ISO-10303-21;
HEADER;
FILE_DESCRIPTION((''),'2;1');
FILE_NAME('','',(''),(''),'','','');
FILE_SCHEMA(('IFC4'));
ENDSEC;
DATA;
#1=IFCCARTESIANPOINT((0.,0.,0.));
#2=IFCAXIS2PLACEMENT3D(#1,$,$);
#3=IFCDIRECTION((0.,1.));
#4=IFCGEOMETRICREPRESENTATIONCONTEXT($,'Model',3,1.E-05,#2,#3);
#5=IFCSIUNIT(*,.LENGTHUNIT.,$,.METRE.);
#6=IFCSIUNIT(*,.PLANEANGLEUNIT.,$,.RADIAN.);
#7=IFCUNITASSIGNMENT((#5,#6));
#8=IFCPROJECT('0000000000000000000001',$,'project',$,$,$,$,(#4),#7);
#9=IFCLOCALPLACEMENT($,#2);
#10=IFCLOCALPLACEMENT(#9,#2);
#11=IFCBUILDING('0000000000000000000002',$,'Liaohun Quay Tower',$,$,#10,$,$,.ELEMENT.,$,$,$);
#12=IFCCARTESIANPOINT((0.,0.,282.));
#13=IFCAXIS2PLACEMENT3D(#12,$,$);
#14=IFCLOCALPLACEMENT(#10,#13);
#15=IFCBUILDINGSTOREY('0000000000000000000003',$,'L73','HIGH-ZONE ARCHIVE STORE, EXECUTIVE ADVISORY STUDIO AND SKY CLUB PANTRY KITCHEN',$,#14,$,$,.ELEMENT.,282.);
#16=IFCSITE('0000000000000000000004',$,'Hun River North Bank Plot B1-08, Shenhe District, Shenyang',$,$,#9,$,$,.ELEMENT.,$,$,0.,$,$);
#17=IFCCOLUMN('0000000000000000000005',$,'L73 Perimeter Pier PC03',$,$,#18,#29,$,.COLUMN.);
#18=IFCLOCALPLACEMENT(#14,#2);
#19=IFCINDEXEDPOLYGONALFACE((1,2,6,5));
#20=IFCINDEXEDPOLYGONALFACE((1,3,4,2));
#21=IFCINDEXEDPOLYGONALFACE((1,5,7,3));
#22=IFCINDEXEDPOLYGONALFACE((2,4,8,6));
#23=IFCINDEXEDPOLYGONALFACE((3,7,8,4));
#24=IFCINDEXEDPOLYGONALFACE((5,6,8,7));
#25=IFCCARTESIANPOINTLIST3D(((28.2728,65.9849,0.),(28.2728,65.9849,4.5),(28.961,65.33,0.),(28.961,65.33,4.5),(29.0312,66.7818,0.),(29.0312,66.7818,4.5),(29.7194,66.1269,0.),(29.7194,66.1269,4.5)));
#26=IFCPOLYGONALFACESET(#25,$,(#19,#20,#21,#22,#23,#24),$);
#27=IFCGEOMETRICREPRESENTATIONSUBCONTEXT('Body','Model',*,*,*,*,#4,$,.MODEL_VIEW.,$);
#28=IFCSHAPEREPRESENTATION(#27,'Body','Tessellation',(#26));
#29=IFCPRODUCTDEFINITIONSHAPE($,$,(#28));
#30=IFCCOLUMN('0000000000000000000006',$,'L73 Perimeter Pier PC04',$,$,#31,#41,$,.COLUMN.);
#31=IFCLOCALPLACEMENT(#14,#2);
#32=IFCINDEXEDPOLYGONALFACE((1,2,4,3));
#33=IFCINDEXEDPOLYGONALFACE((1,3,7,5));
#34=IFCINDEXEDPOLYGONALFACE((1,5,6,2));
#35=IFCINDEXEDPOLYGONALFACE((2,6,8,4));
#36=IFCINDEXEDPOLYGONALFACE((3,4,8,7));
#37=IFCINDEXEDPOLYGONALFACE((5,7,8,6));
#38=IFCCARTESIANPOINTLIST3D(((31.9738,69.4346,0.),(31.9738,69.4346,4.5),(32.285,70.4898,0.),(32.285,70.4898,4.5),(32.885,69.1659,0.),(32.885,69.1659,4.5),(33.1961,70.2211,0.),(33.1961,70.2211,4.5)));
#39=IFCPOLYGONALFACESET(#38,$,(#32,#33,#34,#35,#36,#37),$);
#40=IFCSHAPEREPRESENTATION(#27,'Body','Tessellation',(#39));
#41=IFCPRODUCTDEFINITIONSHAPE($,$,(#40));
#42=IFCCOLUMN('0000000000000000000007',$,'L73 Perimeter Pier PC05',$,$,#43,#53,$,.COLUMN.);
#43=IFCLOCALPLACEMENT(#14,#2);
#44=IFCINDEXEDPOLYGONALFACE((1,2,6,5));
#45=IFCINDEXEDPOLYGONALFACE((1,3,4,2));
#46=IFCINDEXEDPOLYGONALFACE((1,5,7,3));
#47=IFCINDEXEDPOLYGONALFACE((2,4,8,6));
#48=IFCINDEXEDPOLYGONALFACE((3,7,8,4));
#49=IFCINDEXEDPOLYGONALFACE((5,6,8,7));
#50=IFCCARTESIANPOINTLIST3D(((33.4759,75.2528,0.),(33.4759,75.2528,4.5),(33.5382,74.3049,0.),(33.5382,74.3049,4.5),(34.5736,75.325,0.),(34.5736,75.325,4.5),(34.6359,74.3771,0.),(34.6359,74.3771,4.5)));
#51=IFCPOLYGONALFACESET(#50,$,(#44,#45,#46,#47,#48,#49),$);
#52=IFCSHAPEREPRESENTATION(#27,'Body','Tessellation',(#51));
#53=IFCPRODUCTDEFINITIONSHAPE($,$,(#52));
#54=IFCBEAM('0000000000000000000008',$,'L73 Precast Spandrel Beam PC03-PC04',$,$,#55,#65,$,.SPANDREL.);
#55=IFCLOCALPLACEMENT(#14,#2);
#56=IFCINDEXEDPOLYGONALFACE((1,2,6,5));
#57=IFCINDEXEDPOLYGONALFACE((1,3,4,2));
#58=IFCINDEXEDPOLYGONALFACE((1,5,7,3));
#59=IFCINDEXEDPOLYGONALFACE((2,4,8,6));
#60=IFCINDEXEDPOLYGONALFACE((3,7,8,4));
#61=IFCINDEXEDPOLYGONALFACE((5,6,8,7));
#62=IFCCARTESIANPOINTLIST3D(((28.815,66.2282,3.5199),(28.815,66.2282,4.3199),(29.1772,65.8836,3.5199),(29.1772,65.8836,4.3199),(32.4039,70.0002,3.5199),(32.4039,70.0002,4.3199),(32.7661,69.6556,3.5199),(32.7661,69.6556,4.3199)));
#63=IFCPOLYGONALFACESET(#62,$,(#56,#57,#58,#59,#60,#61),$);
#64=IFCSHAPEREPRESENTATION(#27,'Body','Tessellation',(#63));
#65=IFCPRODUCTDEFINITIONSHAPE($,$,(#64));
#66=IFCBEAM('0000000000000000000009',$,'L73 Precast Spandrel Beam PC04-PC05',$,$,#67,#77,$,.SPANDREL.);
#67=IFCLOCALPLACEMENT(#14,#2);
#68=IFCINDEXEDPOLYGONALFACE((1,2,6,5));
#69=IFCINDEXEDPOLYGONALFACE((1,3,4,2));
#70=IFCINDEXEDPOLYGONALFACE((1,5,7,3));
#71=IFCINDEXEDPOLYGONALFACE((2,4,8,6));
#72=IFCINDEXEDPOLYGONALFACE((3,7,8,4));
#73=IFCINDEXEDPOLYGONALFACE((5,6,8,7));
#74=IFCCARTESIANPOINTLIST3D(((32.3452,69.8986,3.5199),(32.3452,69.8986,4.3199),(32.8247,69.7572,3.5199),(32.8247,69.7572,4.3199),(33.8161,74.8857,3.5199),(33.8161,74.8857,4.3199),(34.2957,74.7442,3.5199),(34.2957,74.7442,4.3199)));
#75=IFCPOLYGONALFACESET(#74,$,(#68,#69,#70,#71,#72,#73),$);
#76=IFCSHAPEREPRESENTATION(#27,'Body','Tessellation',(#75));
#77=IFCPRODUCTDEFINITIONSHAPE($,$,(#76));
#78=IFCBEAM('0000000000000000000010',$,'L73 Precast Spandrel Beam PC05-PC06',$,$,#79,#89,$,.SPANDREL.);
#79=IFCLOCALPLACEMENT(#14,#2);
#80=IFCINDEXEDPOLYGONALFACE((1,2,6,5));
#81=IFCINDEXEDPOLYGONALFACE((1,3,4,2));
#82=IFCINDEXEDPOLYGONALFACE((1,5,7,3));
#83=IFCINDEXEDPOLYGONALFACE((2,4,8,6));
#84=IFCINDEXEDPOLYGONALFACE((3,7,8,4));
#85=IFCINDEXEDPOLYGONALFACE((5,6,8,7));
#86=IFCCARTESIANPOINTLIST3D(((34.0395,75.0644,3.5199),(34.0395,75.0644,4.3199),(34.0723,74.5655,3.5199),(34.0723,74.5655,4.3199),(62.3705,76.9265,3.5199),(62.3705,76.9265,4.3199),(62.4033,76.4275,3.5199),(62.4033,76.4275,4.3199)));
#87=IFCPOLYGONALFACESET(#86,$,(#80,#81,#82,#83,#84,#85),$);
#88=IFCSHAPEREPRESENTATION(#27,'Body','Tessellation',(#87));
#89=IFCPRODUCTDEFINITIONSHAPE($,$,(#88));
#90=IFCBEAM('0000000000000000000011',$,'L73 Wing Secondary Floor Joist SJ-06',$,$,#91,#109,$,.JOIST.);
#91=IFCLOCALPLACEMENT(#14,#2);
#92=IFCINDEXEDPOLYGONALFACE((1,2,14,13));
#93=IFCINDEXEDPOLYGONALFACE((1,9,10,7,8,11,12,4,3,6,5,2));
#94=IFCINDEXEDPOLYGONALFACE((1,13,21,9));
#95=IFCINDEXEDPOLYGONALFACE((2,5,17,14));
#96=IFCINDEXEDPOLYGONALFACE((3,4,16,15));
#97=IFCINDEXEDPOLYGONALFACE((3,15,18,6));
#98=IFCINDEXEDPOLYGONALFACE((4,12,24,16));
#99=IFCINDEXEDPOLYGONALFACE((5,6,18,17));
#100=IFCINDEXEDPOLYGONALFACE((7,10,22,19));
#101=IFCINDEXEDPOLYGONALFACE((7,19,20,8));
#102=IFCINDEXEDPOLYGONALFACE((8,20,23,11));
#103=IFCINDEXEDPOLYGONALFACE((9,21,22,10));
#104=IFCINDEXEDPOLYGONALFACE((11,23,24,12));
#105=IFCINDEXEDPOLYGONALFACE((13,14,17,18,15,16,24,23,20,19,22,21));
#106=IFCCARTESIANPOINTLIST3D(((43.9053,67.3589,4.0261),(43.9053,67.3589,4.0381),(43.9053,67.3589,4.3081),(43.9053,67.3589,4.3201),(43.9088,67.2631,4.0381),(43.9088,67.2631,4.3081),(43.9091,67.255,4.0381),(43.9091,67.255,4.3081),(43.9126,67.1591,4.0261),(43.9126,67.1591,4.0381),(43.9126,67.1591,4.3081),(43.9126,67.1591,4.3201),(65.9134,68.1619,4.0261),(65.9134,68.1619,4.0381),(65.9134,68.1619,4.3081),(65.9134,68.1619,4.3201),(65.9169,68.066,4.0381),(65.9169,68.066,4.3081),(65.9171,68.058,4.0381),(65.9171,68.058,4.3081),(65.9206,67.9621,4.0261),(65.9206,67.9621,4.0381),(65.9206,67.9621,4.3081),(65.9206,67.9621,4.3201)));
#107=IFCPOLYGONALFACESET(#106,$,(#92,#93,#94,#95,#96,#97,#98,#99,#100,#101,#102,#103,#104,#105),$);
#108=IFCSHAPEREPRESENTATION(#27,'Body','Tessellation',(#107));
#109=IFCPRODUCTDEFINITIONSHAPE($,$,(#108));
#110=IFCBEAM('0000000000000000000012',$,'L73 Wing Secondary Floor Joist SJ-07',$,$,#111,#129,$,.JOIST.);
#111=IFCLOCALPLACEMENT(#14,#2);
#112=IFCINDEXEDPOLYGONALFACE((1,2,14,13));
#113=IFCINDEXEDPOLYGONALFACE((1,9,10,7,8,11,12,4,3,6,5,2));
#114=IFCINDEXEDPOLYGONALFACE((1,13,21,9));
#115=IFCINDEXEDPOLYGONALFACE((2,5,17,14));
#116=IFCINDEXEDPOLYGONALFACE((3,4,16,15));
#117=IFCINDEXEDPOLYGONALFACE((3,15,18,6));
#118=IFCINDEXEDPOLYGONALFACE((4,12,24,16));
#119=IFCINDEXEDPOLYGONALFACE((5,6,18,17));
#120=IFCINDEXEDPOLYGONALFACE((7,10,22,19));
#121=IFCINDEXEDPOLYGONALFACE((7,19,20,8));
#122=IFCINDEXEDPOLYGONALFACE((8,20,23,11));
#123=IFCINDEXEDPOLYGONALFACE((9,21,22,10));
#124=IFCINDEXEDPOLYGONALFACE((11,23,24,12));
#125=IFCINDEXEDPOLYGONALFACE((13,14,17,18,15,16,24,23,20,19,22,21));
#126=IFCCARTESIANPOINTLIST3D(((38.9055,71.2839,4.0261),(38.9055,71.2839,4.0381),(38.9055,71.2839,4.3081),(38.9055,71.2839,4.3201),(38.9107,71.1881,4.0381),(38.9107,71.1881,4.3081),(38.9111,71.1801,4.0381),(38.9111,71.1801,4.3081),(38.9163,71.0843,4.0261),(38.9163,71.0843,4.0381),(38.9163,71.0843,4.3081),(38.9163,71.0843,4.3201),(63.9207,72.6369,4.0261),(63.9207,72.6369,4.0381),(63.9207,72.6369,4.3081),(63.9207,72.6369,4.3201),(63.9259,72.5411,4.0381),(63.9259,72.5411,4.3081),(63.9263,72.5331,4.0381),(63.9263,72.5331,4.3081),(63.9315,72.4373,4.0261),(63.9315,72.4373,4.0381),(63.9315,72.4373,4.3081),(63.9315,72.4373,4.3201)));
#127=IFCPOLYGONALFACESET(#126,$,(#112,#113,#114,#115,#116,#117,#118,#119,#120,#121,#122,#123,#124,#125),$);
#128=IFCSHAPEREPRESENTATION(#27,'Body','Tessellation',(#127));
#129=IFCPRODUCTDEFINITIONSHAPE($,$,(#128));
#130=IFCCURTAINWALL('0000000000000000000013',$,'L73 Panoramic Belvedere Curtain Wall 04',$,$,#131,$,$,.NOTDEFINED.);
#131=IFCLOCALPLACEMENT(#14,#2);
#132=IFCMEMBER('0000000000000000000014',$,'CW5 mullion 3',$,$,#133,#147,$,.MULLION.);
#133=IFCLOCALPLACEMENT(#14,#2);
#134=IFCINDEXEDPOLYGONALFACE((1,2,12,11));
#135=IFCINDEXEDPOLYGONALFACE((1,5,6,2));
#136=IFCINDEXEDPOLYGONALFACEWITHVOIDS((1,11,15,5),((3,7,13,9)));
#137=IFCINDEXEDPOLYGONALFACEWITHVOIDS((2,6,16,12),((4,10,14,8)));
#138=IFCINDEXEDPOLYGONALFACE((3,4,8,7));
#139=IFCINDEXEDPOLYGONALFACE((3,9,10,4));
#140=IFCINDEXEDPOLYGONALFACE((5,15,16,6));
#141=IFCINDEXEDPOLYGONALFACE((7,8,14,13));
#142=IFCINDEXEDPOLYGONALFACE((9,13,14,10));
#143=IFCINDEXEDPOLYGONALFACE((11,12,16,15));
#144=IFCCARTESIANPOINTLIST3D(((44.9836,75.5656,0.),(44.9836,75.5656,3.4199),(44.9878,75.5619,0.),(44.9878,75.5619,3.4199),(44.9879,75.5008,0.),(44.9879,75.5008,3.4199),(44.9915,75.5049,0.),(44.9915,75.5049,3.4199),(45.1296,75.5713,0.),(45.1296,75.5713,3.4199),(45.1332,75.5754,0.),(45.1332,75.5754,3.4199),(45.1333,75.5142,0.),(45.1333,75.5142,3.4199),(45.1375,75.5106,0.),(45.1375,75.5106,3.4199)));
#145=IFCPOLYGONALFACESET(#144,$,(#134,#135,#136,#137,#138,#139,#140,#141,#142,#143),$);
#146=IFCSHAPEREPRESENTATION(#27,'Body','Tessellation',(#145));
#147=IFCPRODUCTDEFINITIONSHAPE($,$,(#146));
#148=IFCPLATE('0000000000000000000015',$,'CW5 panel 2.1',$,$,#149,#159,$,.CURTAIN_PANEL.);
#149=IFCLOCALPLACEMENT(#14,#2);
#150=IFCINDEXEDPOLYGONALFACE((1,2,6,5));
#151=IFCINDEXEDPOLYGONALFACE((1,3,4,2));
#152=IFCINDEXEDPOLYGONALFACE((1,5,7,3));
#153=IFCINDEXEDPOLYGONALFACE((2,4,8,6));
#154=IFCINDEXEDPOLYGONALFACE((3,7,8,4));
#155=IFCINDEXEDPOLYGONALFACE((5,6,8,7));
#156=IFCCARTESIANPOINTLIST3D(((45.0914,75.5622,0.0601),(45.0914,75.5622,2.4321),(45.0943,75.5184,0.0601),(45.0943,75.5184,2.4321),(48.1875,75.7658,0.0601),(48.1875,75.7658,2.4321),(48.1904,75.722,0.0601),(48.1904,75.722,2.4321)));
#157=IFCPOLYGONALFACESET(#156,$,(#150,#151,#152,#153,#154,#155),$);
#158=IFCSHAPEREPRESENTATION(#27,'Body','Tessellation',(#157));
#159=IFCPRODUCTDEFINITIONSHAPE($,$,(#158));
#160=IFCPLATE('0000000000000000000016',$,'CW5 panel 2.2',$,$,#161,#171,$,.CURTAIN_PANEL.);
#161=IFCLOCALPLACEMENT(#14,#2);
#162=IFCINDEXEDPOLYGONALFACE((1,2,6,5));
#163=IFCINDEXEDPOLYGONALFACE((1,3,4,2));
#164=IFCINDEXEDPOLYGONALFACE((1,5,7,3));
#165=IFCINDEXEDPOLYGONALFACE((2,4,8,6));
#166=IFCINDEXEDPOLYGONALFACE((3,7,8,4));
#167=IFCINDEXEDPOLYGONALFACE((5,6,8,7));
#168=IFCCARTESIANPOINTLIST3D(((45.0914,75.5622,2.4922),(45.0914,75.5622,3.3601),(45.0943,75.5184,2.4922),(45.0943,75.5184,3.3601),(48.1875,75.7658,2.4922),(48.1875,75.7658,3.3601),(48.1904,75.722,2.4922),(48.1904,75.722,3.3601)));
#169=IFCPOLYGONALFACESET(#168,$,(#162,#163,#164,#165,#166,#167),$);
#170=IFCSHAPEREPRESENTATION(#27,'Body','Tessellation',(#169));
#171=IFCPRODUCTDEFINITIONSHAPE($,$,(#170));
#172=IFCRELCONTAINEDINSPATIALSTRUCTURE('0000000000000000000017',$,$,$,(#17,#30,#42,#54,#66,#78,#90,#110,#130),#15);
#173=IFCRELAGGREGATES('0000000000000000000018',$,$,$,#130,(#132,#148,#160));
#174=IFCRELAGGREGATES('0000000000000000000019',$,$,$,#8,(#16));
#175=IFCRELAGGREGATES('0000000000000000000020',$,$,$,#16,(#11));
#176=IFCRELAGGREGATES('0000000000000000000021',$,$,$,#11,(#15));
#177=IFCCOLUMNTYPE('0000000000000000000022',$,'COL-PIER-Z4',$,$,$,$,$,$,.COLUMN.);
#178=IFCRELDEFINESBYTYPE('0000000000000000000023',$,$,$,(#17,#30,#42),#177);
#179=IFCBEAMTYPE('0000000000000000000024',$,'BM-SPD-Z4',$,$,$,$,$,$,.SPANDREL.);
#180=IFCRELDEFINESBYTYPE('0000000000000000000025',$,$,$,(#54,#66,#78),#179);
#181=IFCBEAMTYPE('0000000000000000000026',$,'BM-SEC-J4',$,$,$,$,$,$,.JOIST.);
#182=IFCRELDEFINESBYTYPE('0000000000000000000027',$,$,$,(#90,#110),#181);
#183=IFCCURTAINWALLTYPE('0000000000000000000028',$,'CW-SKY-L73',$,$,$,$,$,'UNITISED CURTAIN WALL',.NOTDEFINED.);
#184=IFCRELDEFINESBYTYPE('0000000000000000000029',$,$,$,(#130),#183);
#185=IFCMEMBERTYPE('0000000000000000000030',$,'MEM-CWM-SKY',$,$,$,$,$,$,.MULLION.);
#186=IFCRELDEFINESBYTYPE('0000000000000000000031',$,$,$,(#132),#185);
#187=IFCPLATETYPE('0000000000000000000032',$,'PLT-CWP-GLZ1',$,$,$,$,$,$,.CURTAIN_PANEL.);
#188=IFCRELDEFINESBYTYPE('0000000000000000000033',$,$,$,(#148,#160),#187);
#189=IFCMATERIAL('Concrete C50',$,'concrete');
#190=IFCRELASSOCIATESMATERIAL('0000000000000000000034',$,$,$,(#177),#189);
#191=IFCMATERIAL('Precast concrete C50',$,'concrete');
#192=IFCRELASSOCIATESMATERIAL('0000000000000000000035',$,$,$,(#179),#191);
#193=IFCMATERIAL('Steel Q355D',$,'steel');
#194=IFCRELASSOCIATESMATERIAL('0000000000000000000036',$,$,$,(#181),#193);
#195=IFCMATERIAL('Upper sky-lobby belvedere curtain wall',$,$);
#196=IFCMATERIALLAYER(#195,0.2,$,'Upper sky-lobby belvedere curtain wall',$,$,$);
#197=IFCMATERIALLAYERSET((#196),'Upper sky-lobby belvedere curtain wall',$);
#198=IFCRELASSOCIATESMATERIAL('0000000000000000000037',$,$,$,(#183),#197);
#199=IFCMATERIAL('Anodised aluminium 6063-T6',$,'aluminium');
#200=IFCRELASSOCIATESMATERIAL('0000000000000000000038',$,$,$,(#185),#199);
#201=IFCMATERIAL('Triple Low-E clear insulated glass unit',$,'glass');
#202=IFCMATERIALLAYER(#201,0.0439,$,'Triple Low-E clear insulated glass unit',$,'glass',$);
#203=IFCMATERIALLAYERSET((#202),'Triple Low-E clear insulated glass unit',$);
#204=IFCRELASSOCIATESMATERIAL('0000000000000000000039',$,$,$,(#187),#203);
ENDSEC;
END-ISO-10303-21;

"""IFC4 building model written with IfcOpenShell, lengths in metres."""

from ifc_helpers import new_model, si_unit, direction, frame, origin, origin_2d, place, context, subcontext, project, spatial, rectangle, hollow_rectangle, i_section, extrude, source, transform, mapped, material, layer, layer_set, material_profile, profile_set, type_object, element, aggregate, save


model = new_model("IFC4")

# Units and contexts
model_context = context("Model", 3, precision=1e-05, world=origin(), true_north=direction((0.0, 1.0)))
body_context = subcontext(model_context, "Body", "Model", "MODEL_VIEW")
ifc_project = project(units=[si_unit("LENGTHUNIT", "METRE"), si_unit("PLANEANGLEUNIT", "RADIAN")], contexts=[model_context])

# Site, building, storey
site_placement = place(None, origin())
site = spatial("IfcSite", under=ifc_project, at=site_placement, Name="Hun River North Bank Plot B1-08, Shenhe District, Shenyang", CompositionType="ELEMENT", RefElevation=0.0)
building_placement = place(site_placement, origin())
building = spatial("IfcBuilding", under=site, at=building_placement, Name="Liaohun Quay Tower", CompositionType="ELEMENT")
storey_placement = place(building_placement, frame((0.0, 0.0, 282.0)))
storey = spatial("IfcBuildingStorey", under=building, at=storey_placement, Name="L73", Description="HIGH-ZONE ARCHIVE STORE, EXECUTIVE ADVISORY STUDIO AND SKY CLUB PANTRY KITCHEN", CompositionType="ELEMENT", Elevation=282.0)

# Columns
ifc_material_1 = material(Name="Concrete C50", Category="concrete")
ifc_material_profile_1 = material_profile(ifc_material_1, rectangle(XDim=1.1001, YDim=0.95, at=origin_2d()), Name="RC1100x950")
ifc_profile_set_1 = profile_set([ifc_material_profile_1], Name="Concrete C50")
column_type = type_object("IfcColumnType", Name="COL-PIER-Z4", PredefinedType="COLUMN", material=ifc_profile_set_1)
shared_shape_1 = source(origin(), body_context, "Body", "SweptSolid", [
    extrude(rectangle(XDim=1.1001, YDim=0.95, at=origin_2d()), origin(), (0.0, 0.0, 1.0), 4.5),
])
for number, where, z_axis, x_axis, name in (
    (1, (28.9961, 66.0559, 0.0), (0.0, 0.0, 1.0), (0.689367, 0.724413, 0.0), "L73 Perimeter Pier PC03"),
    (2, (32.585, 69.8279, 0.0), (0.0, 0.0, 1.0), (0.282844, 0.959166, 0.0), "L73 Perimeter Pier PC04"),
    (3, (34.0559, 74.8149, 0.0), (0.0, 0.0, 1.0), (0.997847, 0.065577, 0.0), "L73 Perimeter Pier PC05"),
):
    element("IfcColumn", number, at=place(storey_placement, frame(where, z_axis=z_axis, x_axis=x_axis)), inside=storey, type_object=column_type, Name=name, PredefinedType="COLUMN", context=body_context, shape_type="MappedRepresentation", body=[
        mapped(shared_shape_1, transform((0.0, 0.0, 0.0), x_axis=(1.0, 0.0, 0.0), y_axis=(0.0, 1.0, 0.0), z_axis=(0.0, 0.0, 1.0), scale=1.0)),
    ])

# Beams
ifc_material_2 = material(Name="Precast concrete C50", Category="concrete")
ifc_material_profile_2 = material_profile(ifc_material_2, rectangle(XDim=0.5, YDim=0.8, at=origin_2d()), Name="RC500x800")
ifc_profile_set_2 = profile_set([ifc_material_profile_2], Name="Precast concrete C50")
beam_type_1 = type_object("IfcBeamType", Name="BM-SPD-Z4", PredefinedType="SPANDREL", material=ifc_profile_set_2)
shared_shape_2 = source(origin(), body_context, "Body", "SweptSolid", [
    extrude(rectangle(XDim=0.5, YDim=0.8, at=origin_2d()), origin(), (0.0, 0.0, 1.0), 5.2065),
])
beam_1_placement = place(storey_placement, frame((28.9961, 66.0559, 3.9199), z_axis=(0.689304, 0.724472, 0.0), x_axis=(-0.724472, 0.689304, 0.0)))
element("IfcBeam", 4, at=beam_1_placement, inside=storey, type_object=beam_type_1, Name="L73 Precast Spandrel Beam PC03-PC04", PredefinedType="SPANDREL", context=body_context, shape_type="MappedRepresentation", body=[
    mapped(shared_shape_2, transform((0.0, 0.0, 0.0), x_axis=(1.0, 0.0, 0.0), y_axis=(0.0, 1.0, 0.0), z_axis=(0.0, 0.0, 1.0), scale=1.0)),
])
shared_shape_3 = source(origin(), body_context, "Body", "SweptSolid", [
    extrude(rectangle(XDim=0.5, YDim=0.8, at=origin_2d()), origin(), (0.0, 0.0, 1.0), 5.1995),
])
beam_2_placement = place(storey_placement, frame((32.585, 69.8279, 3.9199), z_axis=(0.282903, 0.959148, 0.0), x_axis=(-0.959148, 0.282903, 0.0)))
element("IfcBeam", 5, at=beam_2_placement, inside=storey, type_object=beam_type_1, Name="L73 Precast Spandrel Beam PC04-PC05", PredefinedType="SPANDREL", context=body_context, shape_type="MappedRepresentation", body=[
    mapped(shared_shape_3, transform((0.0, 0.0, 0.0), x_axis=(1.0, 0.0, 0.0), y_axis=(0.0, 1.0, 0.0), z_axis=(0.0, 0.0, 1.0), scale=1.0)),
])
shared_shape_4 = source(origin(), body_context, "Body", "SweptSolid", [
    extrude(rectangle(XDim=0.5, YDim=0.8, at=origin_2d()), origin(), (0.0, 0.0, 1.0), 28.3921),
])
beam_3_placement = place(storey_placement, frame((34.0559, 74.8149, 3.9199), z_axis=(0.997847, 0.065584, 0.0), x_axis=(-0.065584, 0.997847, 0.0)))
element("IfcBeam", 6, at=beam_3_placement, inside=storey, type_object=beam_type_1, Name="L73 Precast Spandrel Beam PC05-PC06", PredefinedType="SPANDREL", context=body_context, shape_type="MappedRepresentation", body=[
    mapped(shared_shape_4, transform((0.0, 0.0, 0.0), x_axis=(1.0, 0.0, 0.0), y_axis=(0.0, 1.0, 0.0), z_axis=(0.0, 0.0, 1.0), scale=1.0)),
])
ifc_material_3 = material(Name="Steel Q355D", Category="steel")
ifc_material_profile_3 = material_profile(ifc_material_3, i_section(OverallWidth=0.2, OverallDepth=0.2939, WebThickness=0.0081, FlangeThickness=0.012, at=origin_2d()), Name="HM294x200x8x12")
ifc_profile_set_3 = profile_set([ifc_material_profile_3], Name="Steel Q355D")
beam_type_2 = type_object("IfcBeamType", Name="BM-SEC-J4", PredefinedType="JOIST", material=ifc_profile_set_3)
shared_shape_5 = source(origin(), body_context, "Body", "SweptSolid", [
    extrude(i_section(OverallWidth=0.2, OverallDepth=0.2939, WebThickness=0.0081, FlangeThickness=0.012, at=origin_2d()), origin(), (0.0, 0.0, 1.0), 22.0227),
])
beam_4_placement = place(storey_placement, frame((43.9089, 67.259, 4.1731), z_axis=(0.999335, 0.036461, 0.0), x_axis=(-0.036461, 0.999335, 0.0)))
element("IfcBeam", 7, at=beam_4_placement, inside=storey, type_object=beam_type_2, Name="L73 Wing Secondary Floor Joist SJ-06", PredefinedType="JOIST", context=body_context, shape_type="MappedRepresentation", body=[
    mapped(shared_shape_5, transform((0.0, 0.0, 0.0), x_axis=(1.0, 0.0, 0.0), y_axis=(0.0, 1.0, 0.0), z_axis=(0.0, 0.0, 1.0), scale=1.0)),
])
shared_shape_6 = source(origin(), body_context, "Body", "SweptSolid", [
    extrude(i_section(OverallWidth=0.2, OverallDepth=0.2939, WebThickness=0.0081, FlangeThickness=0.012, at=origin_2d()), origin(), (0.0, 0.0, 1.0), 25.0518),
])
beam_5_placement = place(storey_placement, frame((38.9109, 71.1841, 4.1731), z_axis=(0.99854, 0.054009, 0.0), x_axis=(-0.054009, 0.99854, 0.0)))
element("IfcBeam", 8, at=beam_5_placement, inside=storey, type_object=beam_type_2, Name="L73 Wing Secondary Floor Joist SJ-07", PredefinedType="JOIST", context=body_context, shape_type="MappedRepresentation", body=[
    mapped(shared_shape_6, transform((0.0, 0.0, 0.0), x_axis=(1.0, 0.0, 0.0), y_axis=(0.0, 1.0, 0.0), z_axis=(0.0, 0.0, 1.0), scale=1.0)),
])

# Curtain wall, member, plates
ifc_material_4 = material(Name="Upper sky-lobby belvedere curtain wall")
ifc_layer_1 = layer(ifc_material_4, 0.2, Name="Upper sky-lobby belvedere curtain wall")
ifc_layer_set_1 = layer_set([ifc_layer_1], Name="Upper sky-lobby belvedere curtain wall")
curtain_wall_type = type_object("IfcCurtainWallType", Name="CW-SKY-L73", ElementType="UNITISED CURTAIN WALL", PredefinedType="NOTDEFINED", material=ifc_layer_set_1)
curtain_wall_placement = place(storey_placement, origin())
curtain_wall = element("IfcCurtainWall", 9, at=curtain_wall_placement, inside=storey, type_object=curtain_wall_type, Name="L73 Panoramic Belvedere Curtain Wall 04", PredefinedType="NOTDEFINED")
ifc_material_5 = material(Name="Anodised aluminium 6063-T6", Category="aluminium")
ifc_material_profile_4 = material_profile(ifc_material_5, hollow_rectangle(XDim=0.0649, YDim=0.1499, WallThickness=0.0039, at=origin_2d()), Name="RHS150x65x4")
ifc_profile_set_4 = profile_set([ifc_material_profile_4], Name="Anodised aluminium 6063-T6")
member_type = type_object("IfcMemberType", Name="MEM-CWM-SKY", PredefinedType="MULLION", material=ifc_profile_set_4)
shared_shape_7 = source(origin(), body_context, "Body", "SweptSolid", [
    extrude(hollow_rectangle(XDim=0.0649, YDim=0.1499, WallThickness=0.0039, at=origin_2d()), origin(), (0.0, 0.0, 1.0), 3.4199),
])
member_placement = place(storey_placement, frame((45.0605, 75.5381, 0.0), z_axis=(0.0, 0.0, 1.0), x_axis=(0.065617, -0.997845, 0.0)))
member = element("IfcMember", 10, at=member_placement, type_object=member_type, Name="CW5 mullion 3", PredefinedType="MULLION", context=body_context, shape_type="MappedRepresentation", body=[
    mapped(shared_shape_7, transform((0.0, 0.0, 0.0), x_axis=(1.0, 0.0, 0.0), y_axis=(0.0, 1.0, 0.0), z_axis=(0.0, 0.0, 1.0), scale=1.0)),
])
ifc_material_6 = material(Name="Triple Low-E clear insulated glass unit", Category="glass")
ifc_layer_2 = layer(ifc_material_6, 0.0439, Name="Triple Low-E clear insulated glass unit", Category="glass")
ifc_layer_set_2 = layer_set([ifc_layer_2], Name="Triple Low-E clear insulated glass unit")
plate_type = type_object("IfcPlateType", Name="PLT-CWP-GLZ1", PredefinedType="CURTAIN_PANEL", material=ifc_layer_set_2)
shared_shape_8 = source(origin(), body_context, "Body", "SweptSolid", [
    extrude(rectangle(XDim=3.1028, YDim=0.0439, at=origin_2d()), origin(), (0.0, 0.0, 1.0), 2.3721),
])
plate_1_placement = place(storey_placement, frame((46.6409, 75.6421, 0.0601), z_axis=(0.0, 0.0, 1.0), x_axis=(-0.997845, -0.065617, 0.0)))
plate_1 = element("IfcPlate", 11, at=plate_1_placement, type_object=plate_type, Name="CW5 panel 2.1", PredefinedType="CURTAIN_PANEL", context=body_context, shape_type="MappedRepresentation", body=[
    mapped(shared_shape_8, transform((0.0, 0.0, 0.0), x_axis=(1.0, 0.0, 0.0), y_axis=(0.0, 1.0, 0.0), z_axis=(0.0, 0.0, 1.0), scale=1.0)),
])
shared_shape_9 = source(origin(), body_context, "Body", "SweptSolid", [
    extrude(rectangle(XDim=3.1028, YDim=0.0439, at=origin_2d()), origin(), (0.0, 0.0, 1.0), 0.8679),
])
plate_2_placement = place(storey_placement, frame((46.6409, 75.6421, 2.4922), z_axis=(0.0, 0.0, 1.0), x_axis=(-0.997845, -0.065617, 0.0)))
plate_2 = element("IfcPlate", 12, at=plate_2_placement, type_object=plate_type, Name="CW5 panel 2.2", PredefinedType="CURTAIN_PANEL", context=body_context, shape_type="MappedRepresentation", body=[
    mapped(shared_shape_9, transform((0.0, 0.0, 0.0), x_axis=(1.0, 0.0, 0.0), y_axis=(0.0, 1.0, 0.0), z_axis=(0.0, 0.0, 1.0), scale=1.0)),
])
aggregate(curtain_wall, [member, plate_1, plate_2])

save(model, "model.ifc")
